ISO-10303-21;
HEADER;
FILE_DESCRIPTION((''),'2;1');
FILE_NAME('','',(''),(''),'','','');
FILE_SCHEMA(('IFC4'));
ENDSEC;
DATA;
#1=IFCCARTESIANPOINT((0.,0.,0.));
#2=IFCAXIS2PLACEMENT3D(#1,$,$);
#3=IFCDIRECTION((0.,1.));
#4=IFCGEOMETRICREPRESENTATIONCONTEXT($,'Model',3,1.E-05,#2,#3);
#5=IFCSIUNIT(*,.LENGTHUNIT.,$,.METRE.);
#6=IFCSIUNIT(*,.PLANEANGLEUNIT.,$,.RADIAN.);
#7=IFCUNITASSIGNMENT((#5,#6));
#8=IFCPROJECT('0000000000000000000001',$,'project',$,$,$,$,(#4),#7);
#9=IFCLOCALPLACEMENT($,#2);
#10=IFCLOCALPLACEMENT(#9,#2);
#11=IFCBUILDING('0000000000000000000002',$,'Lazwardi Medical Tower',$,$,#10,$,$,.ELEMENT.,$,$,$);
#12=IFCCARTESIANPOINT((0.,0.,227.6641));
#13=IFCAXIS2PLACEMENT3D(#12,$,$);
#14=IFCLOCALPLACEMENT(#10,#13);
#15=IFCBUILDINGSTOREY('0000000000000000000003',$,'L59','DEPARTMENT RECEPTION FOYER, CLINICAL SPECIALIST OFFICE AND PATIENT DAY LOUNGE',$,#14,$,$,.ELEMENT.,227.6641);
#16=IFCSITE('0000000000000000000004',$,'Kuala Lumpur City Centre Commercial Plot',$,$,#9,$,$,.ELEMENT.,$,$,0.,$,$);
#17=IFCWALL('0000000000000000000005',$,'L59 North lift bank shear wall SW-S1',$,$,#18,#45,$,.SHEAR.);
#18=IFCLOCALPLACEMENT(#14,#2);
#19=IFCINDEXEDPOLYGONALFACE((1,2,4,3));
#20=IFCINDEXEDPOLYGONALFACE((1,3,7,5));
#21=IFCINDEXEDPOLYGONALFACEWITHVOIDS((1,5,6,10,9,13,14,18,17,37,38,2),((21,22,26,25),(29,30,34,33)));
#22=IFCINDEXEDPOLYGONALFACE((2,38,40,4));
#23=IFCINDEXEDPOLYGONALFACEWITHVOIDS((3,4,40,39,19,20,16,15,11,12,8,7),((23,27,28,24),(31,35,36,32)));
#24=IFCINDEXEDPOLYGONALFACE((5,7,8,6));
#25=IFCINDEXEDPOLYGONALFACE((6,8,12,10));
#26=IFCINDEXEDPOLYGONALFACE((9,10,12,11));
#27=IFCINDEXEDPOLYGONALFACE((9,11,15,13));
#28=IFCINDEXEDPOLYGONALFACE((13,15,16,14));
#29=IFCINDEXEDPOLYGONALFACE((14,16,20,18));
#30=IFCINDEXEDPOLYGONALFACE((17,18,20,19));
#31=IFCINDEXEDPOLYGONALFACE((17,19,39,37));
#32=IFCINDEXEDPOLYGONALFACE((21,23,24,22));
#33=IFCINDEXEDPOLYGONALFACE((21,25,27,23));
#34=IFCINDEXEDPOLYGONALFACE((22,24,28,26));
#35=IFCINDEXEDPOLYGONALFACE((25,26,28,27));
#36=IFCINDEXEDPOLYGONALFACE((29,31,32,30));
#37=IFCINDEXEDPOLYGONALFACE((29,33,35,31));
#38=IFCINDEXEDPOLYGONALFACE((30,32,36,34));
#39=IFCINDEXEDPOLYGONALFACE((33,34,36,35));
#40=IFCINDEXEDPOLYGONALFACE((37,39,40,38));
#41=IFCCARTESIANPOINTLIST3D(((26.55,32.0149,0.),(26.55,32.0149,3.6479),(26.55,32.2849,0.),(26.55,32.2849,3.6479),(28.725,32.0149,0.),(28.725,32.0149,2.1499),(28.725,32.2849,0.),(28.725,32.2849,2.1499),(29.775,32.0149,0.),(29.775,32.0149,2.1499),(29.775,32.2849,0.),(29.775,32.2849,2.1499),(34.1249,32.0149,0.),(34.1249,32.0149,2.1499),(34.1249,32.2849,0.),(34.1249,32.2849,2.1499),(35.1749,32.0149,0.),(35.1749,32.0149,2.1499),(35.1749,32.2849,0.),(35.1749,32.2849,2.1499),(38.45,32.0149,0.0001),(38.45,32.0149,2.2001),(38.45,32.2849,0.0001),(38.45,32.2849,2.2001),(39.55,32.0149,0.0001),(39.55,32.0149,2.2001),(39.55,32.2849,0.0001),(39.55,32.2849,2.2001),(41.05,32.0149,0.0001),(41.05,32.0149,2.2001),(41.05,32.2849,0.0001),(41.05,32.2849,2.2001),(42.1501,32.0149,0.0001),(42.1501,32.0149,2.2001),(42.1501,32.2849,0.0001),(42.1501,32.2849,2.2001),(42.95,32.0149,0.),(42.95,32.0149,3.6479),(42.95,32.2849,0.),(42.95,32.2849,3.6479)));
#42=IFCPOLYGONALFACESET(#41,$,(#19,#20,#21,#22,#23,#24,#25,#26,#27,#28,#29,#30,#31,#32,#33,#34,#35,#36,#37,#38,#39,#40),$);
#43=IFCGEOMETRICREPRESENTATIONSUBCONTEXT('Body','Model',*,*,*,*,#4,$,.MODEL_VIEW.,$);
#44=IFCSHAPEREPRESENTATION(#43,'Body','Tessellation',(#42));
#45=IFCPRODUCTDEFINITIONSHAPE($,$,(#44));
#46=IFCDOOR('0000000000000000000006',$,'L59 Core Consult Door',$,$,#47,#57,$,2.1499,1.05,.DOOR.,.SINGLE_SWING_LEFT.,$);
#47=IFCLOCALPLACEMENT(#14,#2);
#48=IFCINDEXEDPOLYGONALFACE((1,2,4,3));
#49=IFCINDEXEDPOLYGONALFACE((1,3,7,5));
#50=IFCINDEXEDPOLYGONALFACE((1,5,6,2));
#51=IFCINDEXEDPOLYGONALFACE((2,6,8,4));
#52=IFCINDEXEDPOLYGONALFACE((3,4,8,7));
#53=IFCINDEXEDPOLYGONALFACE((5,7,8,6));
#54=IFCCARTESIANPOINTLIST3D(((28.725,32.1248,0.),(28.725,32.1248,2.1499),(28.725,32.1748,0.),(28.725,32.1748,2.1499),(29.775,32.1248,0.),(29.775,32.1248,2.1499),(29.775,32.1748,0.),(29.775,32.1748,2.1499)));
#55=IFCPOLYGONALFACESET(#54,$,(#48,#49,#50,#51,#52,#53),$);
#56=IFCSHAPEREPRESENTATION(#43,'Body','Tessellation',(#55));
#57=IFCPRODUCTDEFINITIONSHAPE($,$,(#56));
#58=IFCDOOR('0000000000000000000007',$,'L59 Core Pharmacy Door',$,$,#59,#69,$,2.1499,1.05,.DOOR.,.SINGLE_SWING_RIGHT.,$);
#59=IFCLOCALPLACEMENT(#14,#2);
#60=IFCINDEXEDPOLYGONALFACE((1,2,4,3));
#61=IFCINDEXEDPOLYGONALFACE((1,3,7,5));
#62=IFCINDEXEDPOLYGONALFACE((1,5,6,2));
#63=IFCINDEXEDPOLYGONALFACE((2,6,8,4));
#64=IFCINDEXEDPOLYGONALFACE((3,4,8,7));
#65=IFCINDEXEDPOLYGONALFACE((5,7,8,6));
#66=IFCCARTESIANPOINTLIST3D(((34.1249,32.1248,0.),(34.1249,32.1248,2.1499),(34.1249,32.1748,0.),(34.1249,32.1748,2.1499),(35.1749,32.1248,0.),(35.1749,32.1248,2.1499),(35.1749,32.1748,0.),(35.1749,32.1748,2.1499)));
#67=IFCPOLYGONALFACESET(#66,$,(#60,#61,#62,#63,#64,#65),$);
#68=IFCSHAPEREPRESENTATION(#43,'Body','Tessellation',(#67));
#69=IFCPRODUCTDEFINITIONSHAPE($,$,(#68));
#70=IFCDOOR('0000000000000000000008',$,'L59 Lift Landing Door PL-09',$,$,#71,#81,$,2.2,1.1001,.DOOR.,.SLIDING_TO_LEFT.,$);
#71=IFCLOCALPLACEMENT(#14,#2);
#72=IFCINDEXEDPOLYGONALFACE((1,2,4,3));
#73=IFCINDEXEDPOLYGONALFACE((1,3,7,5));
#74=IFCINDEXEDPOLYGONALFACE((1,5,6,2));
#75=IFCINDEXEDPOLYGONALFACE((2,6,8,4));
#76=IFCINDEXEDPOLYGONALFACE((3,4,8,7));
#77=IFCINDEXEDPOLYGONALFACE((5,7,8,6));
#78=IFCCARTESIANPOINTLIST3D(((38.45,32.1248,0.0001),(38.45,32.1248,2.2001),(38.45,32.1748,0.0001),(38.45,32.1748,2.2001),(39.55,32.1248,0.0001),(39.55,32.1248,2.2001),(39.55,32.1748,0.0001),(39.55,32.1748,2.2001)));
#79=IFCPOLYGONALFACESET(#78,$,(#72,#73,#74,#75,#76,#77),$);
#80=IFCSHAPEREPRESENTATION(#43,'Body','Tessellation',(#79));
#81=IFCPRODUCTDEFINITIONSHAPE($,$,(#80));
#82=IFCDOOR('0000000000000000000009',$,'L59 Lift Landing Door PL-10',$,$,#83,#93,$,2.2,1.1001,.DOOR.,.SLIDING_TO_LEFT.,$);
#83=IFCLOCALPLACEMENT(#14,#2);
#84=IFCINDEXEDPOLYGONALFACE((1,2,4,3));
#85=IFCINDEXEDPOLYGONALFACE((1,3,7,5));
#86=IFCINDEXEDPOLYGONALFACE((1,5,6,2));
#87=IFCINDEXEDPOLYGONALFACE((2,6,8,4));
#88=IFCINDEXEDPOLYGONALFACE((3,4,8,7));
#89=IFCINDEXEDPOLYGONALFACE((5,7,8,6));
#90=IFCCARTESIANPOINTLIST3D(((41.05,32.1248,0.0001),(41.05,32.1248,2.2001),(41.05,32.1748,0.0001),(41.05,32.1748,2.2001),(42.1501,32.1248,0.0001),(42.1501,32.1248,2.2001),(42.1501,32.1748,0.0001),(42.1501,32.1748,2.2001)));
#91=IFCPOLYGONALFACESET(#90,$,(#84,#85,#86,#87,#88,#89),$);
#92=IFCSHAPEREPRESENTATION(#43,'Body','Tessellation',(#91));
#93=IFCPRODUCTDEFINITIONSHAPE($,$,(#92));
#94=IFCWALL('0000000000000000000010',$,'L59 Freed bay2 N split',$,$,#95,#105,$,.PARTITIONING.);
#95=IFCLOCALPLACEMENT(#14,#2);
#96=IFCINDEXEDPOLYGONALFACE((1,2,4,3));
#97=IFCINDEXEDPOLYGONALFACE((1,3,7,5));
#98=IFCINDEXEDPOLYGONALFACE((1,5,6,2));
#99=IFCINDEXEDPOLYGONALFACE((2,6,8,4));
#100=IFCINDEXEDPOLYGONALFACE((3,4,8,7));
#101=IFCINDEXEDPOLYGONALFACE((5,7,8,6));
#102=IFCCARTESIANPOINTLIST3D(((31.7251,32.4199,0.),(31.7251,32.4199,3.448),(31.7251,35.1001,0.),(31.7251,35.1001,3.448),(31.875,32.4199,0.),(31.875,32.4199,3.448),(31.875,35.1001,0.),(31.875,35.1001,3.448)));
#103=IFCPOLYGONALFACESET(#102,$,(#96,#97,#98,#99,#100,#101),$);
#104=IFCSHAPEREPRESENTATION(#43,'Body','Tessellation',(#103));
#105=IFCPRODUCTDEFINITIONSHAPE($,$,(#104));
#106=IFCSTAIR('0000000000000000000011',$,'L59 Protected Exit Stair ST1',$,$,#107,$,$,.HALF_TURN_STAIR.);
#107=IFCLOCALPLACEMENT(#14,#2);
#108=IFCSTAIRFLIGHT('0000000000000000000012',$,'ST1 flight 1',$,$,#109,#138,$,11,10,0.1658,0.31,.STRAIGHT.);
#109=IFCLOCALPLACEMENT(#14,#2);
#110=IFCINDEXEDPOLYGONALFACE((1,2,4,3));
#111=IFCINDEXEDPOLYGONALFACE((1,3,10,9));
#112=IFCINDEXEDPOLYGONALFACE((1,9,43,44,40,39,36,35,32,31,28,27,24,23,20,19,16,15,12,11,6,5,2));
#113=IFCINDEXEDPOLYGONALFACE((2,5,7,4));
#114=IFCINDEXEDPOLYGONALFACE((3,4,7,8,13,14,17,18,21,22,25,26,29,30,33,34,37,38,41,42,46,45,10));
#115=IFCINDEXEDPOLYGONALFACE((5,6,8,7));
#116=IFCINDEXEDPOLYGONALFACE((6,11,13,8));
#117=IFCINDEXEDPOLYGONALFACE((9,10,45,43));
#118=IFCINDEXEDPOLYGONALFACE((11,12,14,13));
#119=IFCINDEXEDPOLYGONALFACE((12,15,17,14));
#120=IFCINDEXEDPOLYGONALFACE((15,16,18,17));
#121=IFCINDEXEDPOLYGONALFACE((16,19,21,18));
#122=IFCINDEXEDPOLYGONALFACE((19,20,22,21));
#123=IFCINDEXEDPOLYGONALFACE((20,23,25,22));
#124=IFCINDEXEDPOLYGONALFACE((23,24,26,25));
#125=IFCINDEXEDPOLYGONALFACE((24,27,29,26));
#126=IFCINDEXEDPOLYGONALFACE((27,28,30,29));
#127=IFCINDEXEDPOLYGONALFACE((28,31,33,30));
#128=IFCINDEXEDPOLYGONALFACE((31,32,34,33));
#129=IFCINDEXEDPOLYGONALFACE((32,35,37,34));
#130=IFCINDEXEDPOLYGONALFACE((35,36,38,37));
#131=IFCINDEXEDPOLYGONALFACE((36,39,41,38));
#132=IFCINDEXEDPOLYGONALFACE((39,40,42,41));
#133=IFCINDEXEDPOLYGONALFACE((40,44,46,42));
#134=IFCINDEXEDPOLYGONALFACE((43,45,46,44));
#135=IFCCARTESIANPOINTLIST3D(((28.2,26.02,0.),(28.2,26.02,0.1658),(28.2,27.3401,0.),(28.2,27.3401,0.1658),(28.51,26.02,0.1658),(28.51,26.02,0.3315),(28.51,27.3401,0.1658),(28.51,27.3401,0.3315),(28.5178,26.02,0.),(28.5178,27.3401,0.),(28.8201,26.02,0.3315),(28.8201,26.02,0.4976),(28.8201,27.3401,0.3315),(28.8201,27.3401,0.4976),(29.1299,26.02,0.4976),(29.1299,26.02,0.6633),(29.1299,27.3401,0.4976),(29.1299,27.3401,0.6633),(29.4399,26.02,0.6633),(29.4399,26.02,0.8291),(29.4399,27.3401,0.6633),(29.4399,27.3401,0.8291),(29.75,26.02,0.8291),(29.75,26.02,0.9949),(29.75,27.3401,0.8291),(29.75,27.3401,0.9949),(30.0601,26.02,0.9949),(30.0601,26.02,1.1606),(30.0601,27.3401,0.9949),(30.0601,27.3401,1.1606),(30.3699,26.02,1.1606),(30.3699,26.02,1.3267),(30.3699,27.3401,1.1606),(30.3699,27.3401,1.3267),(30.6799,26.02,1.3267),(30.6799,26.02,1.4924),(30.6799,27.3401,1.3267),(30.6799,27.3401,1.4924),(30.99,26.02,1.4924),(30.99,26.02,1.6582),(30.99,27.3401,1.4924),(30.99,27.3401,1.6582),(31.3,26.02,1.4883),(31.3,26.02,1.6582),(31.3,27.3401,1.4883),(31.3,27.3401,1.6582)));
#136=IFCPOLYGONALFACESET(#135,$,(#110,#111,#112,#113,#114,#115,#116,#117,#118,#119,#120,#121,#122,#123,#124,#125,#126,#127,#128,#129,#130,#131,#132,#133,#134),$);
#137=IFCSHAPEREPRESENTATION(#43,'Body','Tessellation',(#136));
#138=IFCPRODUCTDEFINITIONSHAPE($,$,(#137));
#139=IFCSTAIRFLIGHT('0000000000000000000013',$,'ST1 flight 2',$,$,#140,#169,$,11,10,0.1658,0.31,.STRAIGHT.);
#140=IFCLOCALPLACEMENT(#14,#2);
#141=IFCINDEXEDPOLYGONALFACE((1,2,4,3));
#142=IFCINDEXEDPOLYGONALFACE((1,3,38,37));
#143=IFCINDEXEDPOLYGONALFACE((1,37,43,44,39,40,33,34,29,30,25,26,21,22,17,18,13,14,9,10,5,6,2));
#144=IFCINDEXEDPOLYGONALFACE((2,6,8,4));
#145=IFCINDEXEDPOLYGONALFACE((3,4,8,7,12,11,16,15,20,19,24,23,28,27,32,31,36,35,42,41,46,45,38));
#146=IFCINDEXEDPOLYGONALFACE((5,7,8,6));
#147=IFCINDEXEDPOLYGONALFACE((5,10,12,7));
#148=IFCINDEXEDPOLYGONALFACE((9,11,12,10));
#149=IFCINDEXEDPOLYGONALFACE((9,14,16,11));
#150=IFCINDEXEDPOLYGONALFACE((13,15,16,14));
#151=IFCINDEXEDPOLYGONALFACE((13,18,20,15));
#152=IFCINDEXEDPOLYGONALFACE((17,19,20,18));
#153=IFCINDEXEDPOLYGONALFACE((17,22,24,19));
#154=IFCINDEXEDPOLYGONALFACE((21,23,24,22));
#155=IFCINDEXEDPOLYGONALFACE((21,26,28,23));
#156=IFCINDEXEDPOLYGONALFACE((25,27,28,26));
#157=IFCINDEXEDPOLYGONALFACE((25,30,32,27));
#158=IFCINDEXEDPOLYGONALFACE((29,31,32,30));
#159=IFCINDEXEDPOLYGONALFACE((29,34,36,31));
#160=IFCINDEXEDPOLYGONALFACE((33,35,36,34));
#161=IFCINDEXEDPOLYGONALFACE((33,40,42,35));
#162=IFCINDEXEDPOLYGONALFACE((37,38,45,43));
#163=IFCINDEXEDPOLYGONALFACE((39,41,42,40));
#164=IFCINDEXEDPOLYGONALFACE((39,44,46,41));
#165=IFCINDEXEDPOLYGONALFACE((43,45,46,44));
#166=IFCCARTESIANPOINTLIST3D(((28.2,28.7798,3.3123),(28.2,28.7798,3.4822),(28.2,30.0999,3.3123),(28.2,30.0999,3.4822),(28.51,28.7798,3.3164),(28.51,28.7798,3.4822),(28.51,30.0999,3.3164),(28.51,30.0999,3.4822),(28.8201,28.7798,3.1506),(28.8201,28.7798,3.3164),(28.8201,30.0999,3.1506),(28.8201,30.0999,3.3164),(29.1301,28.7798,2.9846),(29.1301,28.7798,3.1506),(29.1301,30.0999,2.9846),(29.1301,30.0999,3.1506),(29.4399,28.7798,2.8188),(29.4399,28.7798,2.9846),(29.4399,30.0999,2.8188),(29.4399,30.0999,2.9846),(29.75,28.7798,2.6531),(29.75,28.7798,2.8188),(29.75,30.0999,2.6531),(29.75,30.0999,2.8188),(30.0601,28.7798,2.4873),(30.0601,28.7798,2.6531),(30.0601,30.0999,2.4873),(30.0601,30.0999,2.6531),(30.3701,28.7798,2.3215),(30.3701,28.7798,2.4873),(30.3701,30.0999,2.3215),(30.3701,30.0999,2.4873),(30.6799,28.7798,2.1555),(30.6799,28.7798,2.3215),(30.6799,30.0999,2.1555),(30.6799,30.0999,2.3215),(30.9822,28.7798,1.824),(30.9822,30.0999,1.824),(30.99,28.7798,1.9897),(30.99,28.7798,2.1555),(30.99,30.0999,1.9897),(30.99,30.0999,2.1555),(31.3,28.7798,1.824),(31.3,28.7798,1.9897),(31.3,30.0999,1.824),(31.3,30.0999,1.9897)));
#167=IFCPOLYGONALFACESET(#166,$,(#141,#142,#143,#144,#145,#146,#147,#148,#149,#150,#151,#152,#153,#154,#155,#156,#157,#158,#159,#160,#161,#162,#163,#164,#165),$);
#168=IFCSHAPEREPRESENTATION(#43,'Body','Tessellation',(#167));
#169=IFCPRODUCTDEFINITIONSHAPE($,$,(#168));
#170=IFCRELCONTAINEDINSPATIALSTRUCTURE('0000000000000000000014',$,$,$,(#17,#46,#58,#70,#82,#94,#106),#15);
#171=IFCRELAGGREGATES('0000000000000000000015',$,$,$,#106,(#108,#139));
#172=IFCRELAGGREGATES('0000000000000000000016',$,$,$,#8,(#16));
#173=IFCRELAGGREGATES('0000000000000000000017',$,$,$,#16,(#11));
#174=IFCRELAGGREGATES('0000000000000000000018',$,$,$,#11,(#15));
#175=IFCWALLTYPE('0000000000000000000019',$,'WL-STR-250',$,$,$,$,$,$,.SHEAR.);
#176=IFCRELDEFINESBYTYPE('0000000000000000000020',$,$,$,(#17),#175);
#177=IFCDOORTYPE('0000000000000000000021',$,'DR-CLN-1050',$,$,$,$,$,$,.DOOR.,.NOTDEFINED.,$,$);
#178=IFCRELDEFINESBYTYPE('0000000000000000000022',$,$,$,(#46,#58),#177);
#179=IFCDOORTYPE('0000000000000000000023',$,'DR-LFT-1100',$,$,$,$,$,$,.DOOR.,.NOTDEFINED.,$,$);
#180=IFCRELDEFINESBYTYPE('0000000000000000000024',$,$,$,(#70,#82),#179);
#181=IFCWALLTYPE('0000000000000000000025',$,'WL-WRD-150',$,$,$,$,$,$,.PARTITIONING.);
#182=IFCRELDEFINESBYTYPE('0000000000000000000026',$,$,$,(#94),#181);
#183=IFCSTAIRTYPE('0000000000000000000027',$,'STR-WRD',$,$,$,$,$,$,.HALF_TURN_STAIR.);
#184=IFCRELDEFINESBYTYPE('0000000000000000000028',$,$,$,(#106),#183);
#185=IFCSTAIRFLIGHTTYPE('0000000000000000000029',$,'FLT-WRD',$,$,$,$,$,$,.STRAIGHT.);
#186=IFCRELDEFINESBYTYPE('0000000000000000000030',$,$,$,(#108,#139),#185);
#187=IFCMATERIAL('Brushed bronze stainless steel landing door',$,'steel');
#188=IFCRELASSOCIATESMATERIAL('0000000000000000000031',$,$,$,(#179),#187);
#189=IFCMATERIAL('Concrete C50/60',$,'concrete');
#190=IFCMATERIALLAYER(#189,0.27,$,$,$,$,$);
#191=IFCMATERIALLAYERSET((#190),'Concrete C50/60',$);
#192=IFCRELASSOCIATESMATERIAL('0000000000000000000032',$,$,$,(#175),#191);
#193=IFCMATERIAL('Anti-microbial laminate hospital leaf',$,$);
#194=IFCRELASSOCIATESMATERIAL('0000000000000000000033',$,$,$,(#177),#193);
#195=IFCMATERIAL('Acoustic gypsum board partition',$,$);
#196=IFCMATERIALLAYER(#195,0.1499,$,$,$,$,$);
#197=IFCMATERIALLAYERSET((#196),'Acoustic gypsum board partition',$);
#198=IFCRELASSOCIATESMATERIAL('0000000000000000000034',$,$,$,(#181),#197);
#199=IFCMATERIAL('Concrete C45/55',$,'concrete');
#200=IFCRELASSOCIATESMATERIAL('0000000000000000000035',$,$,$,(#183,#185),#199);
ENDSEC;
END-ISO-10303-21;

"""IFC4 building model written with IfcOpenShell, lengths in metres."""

from ifc_helpers import new_model, si_unit, direction, frame, frame_2d, origin, place, context, subcontext, project, spatial, polyline, rectangle, outline, extrude, material, layer, layer_set, type_object, element, fill, aggregate, save


model = new_model("IFC4")

# Units and contexts
model_context = context("Model", 3, precision=1e-05, world=origin(), true_north=direction((0.0, 1.0)))
body_context = subcontext(model_context, "Body", "Model", "MODEL_VIEW")
ifc_project = project(units=[si_unit("LENGTHUNIT", "METRE"), si_unit("PLANEANGLEUNIT", "RADIAN")], contexts=[model_context])

# Site, building, storey
site_placement = place(None, origin())
site = spatial("IfcSite", under=ifc_project, at=site_placement, Name="Kuala Lumpur City Centre Commercial Plot", CompositionType="ELEMENT", RefElevation=0.0)
building_placement = place(site_placement, origin())
building = spatial("IfcBuilding", under=site, at=building_placement, Name="Lazwardi Medical Tower", CompositionType="ELEMENT")
storey_placement = place(building_placement, frame((0.0, 0.0, 227.6641)))
storey = spatial("IfcBuildingStorey", under=building, at=storey_placement, Name="L59", Description="DEPARTMENT RECEPTION FOYER, CLINICAL SPECIALIST OFFICE AND PATIENT DAY LOUNGE", CompositionType="ELEMENT", Elevation=227.6641)

# Shared definitions
ifc_material_1 = material(Name="Anti-microbial laminate hospital leaf")
ifc_material_2 = material(Name="Brushed bronze stainless steel landing door", Category="steel")
door_type_1 = type_object("IfcDoorType", Name="DR-LFT-1100", OperationType="NOTDEFINED", PredefinedType="DOOR", material=ifc_material_2)

# Shared definitions
ifc_material_3 = material(Name="Concrete C50/60", Category="concrete")
ifc_layer_1 = layer(ifc_material_3, 0.27)
ifc_layer_set_1 = layer_set([ifc_layer_1], Name="Concrete C50/60")
wall_type_1 = type_object("IfcWallType", Name="WL-STR-250", PredefinedType="SHEAR", material=ifc_layer_set_1)

# Wall, openings, doors
wall_1_placement = place(storey_placement, frame((26.55, 32.1499, 0.0), z_axis=(0.0, 0.0, 1.0), x_axis=(1.0, 0.0, 0.0)))
wall_1 = element("IfcWall", 1, at=wall_1_placement, inside=storey, type_object=wall_type_1, Name="L59 North lift bank shear wall SW-S1", PredefinedType="SHEAR", context=body_context, shape_type="SweptSolid", body=[
    extrude(rectangle(XDim=16.3999, YDim=0.27, at=frame_2d((8.2, 0.0))), origin(), (0.0, 0.0, 1.0), 3.6479),
])
opening_1_placement = place(wall_1_placement, frame((2.175, 0.0, 0.0)))
opening_1 = element("IfcOpeningElement", 2, at=opening_1_placement, cuts=wall_1, PredefinedType="OPENING", context=body_context, shape_type="SweptSolid", body=[
    extrude(rectangle(XDim=1.05, YDim=2.1499, at=frame_2d((0.5249, 1.075))), frame((0.0, 0.145, 0.0), z_axis=(0.0, -1.0, 0.0), x_axis=(1.0, 0.0, 0.0)), (0.0, 0.0, 1.0), 0.29),
])
opening_2_placement = place(wall_1_placement, frame((7.575, 0.0, 0.0)))
opening_2 = element("IfcOpeningElement", 3, at=opening_2_placement, cuts=wall_1, PredefinedType="OPENING", context=body_context, shape_type="SweptSolid", body=[
    extrude(rectangle(XDim=1.05, YDim=2.1499, at=frame_2d((0.5249, 1.075))), frame((0.0, 0.145, 0.0), z_axis=(0.0, -1.0, 0.0), x_axis=(1.0, 0.0, 0.0)), (0.0, 0.0, 1.0), 0.29),
])
opening_3_placement = place(wall_1_placement, frame((11.8999, 0.0, 0.0)))
opening_3 = element("IfcOpeningElement", 4, at=opening_3_placement, cuts=wall_1, PredefinedType="OPENING", context=body_context, shape_type="SweptSolid", body=[
    extrude(rectangle(XDim=1.1001, YDim=2.2, at=frame_2d((0.55, 1.1001))), frame((0.0, 0.145, 0.0), z_axis=(0.0, -1.0, 0.0), x_axis=(1.0, 0.0, 0.0)), (0.0, 0.0, 1.0), 0.29),
])
opening_4_placement = place(wall_1_placement, frame((14.5, 0.0, 0.0)))
opening_4 = element("IfcOpeningElement", 5, at=opening_4_placement, cuts=wall_1, PredefinedType="OPENING", context=body_context, shape_type="SweptSolid", body=[
    extrude(rectangle(XDim=1.1001, YDim=2.2, at=frame_2d((0.55, 1.1001))), frame((0.0, 0.145, 0.0), z_axis=(0.0, -1.0, 0.0), x_axis=(1.0, 0.0, 0.0)), (0.0, 0.0, 1.0), 0.29),
])
door_type_2 = type_object("IfcDoorType", Name="DR-CLN-1050", OperationType="NOTDEFINED", PredefinedType="DOOR", material=ifc_material_1)
door_1_placement = place(opening_1_placement, origin())
door_1 = element("IfcDoor", 6, at=door_1_placement, inside=storey, type_object=door_type_2, Name="L59 Core Consult Door", OperationType="SINGLE_SWING_LEFT", OverallHeight=2.1499, OverallWidth=1.05, PredefinedType="DOOR", context=body_context, shape_type="SweptSolid", body=[
    extrude(rectangle(XDim=1.05, YDim=2.1499, at=frame_2d((0.5249, 1.075))), frame((0.0, 0.0249, 0.0), z_axis=(0.0, -1.0, 0.0), x_axis=(1.0, 0.0, 0.0)), (0.0, 0.0, 1.0), 0.05),
])
fill(opening_1, door_1)
door_2_placement = place(opening_2_placement, origin())
door_2 = element("IfcDoor", 7, at=door_2_placement, inside=storey, type_object=door_type_2, Name="L59 Core Pharmacy Door", OperationType="SINGLE_SWING_RIGHT", OverallHeight=2.1499, OverallWidth=1.05, PredefinedType="DOOR", context=body_context, shape_type="SweptSolid", body=[
    extrude(rectangle(XDim=1.05, YDim=2.1499, at=frame_2d((0.5249, 1.075))), frame((0.0, 0.0249, 0.0), z_axis=(0.0, -1.0, 0.0), x_axis=(1.0, 0.0, 0.0)), (0.0, 0.0, 1.0), 0.05),
])
fill(opening_2, door_2)
door_3_placement = place(opening_3_placement, origin())
door_3 = element("IfcDoor", 8, at=door_3_placement, inside=storey, type_object=door_type_1, Name="L59 Lift Landing Door PL-09", OperationType="SLIDING_TO_LEFT", OverallHeight=2.2, OverallWidth=1.1001, PredefinedType="DOOR", context=body_context, shape_type="SweptSolid", body=[
    extrude(rectangle(XDim=1.1001, YDim=2.2, at=frame_2d((0.55, 1.1001))), frame((0.0, 0.0249, 0.0), z_axis=(0.0, -1.0, 0.0), x_axis=(1.0, 0.0, 0.0)), (0.0, 0.0, 1.0), 0.05),
])
fill(opening_3, door_3)
door_4_placement = place(opening_4_placement, origin())
door_4 = element("IfcDoor", 9, at=door_4_placement, inside=storey, type_object=door_type_1, Name="L59 Lift Landing Door PL-10", OperationType="SLIDING_TO_LEFT", OverallHeight=2.2, OverallWidth=1.1001, PredefinedType="DOOR", context=body_context, shape_type="SweptSolid", body=[
    extrude(rectangle(XDim=1.1001, YDim=2.2, at=frame_2d((0.55, 1.1001))), frame((0.0, 0.0249, 0.0), z_axis=(0.0, -1.0, 0.0), x_axis=(1.0, 0.0, 0.0)), (0.0, 0.0, 1.0), 0.05),
])
fill(opening_4, door_4)

# Wall
ifc_material_4 = material(Name="Acoustic gypsum board partition")
ifc_layer_2 = layer(ifc_material_4, 0.1499)
ifc_layer_set_2 = layer_set([ifc_layer_2], Name="Acoustic gypsum board partition")
wall_type_2 = type_object("IfcWallType", Name="WL-WRD-150", PredefinedType="PARTITIONING", material=ifc_layer_set_2)
wall_2_placement = place(storey_placement, frame((31.8, 32.4199, 0.0), z_axis=(0.0, 0.0, 1.0), x_axis=(0.0, 1.0, 0.0)))
element("IfcWall", 10, at=wall_2_placement, inside=storey, type_object=wall_type_2, Name="L59 Freed bay2 N split", PredefinedType="PARTITIONING", context=body_context, shape_type="SweptSolid", body=[
    extrude(rectangle(XDim=2.6802, YDim=0.1499, at=frame_2d((1.3401, 0.0))), origin(), (0.0, 0.0, 1.0), 3.448),
])

# Stair, stair flights
ifc_material_5 = material(Name="Concrete C45/55", Category="concrete")
stair_type = type_object("IfcStairType", Name="STR-WRD", PredefinedType="HALF_TURN_STAIR", material=ifc_material_5)
stair_placement = place(storey_placement, origin())
stair = element("IfcStair", 11, at=stair_placement, inside=storey, type_object=stair_type, Name="L59 Protected Exit Stair ST1", PredefinedType="HALF_TURN_STAIR")
stair_flight_type = type_object("IfcStairFlightType", Name="FLT-WRD", PredefinedType="STRAIGHT", material=ifc_material_5)
stair_flight_1_placement = place(storey_placement, frame((28.2, 26.6799, 0.0), z_axis=(0.0, 0.0, 1.0), x_axis=(1.0, 0.0, 0.0)))
stair_flight_1 = element("IfcStairFlight", 12, at=stair_flight_1_placement, type_object=stair_flight_type, Name="ST1 flight 1", NumberOfRisers=11, NumberOfTreads=10, PredefinedType="STRAIGHT", RiserHeight=0.1658, TreadLength=0.31, context=body_context, shape_type="SweptSolid", body=[
    extrude(outline(polyline([(0.0, 0.0), (0.0, 0.1658), (0.3101, 0.1658), (0.3101, 0.3315), (0.6201, 0.3315), (0.6201, 0.4976), (0.9299, 0.4976), (0.9299, 0.6633), (1.24, 0.6633), (1.24, 0.8291), (1.55, 0.8291), (1.55, 0.9949), (1.8601, 0.9949), (1.8601, 1.1606), (2.1699, 1.1606), (2.1699, 1.3267), (2.48, 1.3267), (2.48, 1.4924), (2.79, 1.4924), (2.79, 1.6582), (3.1001, 1.6582), (3.1001, 1.824), (3.1001, 1.4883), (0.3179, 0.0), (0.0, 0.0)])), frame((0.0, 0.6602, 0.0), z_axis=(0.0, -1.0, 0.0), x_axis=(1.0, 0.0, 0.0)), (0.0, 0.0, 1.0), 1.3201),
])
stair_flight_2_placement = place(storey_placement, frame((31.3, 29.4399, 1.824), z_axis=(0.0, 0.0, 1.0), x_axis=(-1.0, 0.0, 0.0)))
stair_flight_2 = element("IfcStairFlight", 13, at=stair_flight_2_placement, type_object=stair_flight_type, Name="ST1 flight 2", NumberOfRisers=11, NumberOfTreads=10, PredefinedType="STRAIGHT", RiserHeight=0.1658, TreadLength=0.31, context=body_context, shape_type="SweptSolid", body=[
    extrude(outline(polyline([(0.0, 0.0), (0.0, 0.1658), (0.3101, 0.1658), (0.3101, 0.3315), (0.6201, 0.3315), (0.6201, 0.4976), (0.9299, 0.4976), (0.9299, 0.6633), (1.24, 0.6633), (1.24, 0.8291), (1.55, 0.8291), (1.55, 0.9949), (1.8601, 0.9949), (1.8601, 1.1606), (2.1699, 1.1606), (2.1699, 1.3267), (2.48, 1.3267), (2.48, 1.4924), (2.79, 1.4924), (2.79, 1.6582), (3.1001, 1.6582), (3.1001, 1.824), (3.1001, 1.4883), (0.3179, 0.0), (0.0, 0.0)])), frame((0.0, 0.6602, 0.0), z_axis=(0.0, -1.0, 0.0), x_axis=(1.0, 0.0, 0.0)), (0.0, 0.0, 1.0), 1.3201),
])
aggregate(stair, [stair_flight_1, stair_flight_2])

save(model, "model.ifc")
